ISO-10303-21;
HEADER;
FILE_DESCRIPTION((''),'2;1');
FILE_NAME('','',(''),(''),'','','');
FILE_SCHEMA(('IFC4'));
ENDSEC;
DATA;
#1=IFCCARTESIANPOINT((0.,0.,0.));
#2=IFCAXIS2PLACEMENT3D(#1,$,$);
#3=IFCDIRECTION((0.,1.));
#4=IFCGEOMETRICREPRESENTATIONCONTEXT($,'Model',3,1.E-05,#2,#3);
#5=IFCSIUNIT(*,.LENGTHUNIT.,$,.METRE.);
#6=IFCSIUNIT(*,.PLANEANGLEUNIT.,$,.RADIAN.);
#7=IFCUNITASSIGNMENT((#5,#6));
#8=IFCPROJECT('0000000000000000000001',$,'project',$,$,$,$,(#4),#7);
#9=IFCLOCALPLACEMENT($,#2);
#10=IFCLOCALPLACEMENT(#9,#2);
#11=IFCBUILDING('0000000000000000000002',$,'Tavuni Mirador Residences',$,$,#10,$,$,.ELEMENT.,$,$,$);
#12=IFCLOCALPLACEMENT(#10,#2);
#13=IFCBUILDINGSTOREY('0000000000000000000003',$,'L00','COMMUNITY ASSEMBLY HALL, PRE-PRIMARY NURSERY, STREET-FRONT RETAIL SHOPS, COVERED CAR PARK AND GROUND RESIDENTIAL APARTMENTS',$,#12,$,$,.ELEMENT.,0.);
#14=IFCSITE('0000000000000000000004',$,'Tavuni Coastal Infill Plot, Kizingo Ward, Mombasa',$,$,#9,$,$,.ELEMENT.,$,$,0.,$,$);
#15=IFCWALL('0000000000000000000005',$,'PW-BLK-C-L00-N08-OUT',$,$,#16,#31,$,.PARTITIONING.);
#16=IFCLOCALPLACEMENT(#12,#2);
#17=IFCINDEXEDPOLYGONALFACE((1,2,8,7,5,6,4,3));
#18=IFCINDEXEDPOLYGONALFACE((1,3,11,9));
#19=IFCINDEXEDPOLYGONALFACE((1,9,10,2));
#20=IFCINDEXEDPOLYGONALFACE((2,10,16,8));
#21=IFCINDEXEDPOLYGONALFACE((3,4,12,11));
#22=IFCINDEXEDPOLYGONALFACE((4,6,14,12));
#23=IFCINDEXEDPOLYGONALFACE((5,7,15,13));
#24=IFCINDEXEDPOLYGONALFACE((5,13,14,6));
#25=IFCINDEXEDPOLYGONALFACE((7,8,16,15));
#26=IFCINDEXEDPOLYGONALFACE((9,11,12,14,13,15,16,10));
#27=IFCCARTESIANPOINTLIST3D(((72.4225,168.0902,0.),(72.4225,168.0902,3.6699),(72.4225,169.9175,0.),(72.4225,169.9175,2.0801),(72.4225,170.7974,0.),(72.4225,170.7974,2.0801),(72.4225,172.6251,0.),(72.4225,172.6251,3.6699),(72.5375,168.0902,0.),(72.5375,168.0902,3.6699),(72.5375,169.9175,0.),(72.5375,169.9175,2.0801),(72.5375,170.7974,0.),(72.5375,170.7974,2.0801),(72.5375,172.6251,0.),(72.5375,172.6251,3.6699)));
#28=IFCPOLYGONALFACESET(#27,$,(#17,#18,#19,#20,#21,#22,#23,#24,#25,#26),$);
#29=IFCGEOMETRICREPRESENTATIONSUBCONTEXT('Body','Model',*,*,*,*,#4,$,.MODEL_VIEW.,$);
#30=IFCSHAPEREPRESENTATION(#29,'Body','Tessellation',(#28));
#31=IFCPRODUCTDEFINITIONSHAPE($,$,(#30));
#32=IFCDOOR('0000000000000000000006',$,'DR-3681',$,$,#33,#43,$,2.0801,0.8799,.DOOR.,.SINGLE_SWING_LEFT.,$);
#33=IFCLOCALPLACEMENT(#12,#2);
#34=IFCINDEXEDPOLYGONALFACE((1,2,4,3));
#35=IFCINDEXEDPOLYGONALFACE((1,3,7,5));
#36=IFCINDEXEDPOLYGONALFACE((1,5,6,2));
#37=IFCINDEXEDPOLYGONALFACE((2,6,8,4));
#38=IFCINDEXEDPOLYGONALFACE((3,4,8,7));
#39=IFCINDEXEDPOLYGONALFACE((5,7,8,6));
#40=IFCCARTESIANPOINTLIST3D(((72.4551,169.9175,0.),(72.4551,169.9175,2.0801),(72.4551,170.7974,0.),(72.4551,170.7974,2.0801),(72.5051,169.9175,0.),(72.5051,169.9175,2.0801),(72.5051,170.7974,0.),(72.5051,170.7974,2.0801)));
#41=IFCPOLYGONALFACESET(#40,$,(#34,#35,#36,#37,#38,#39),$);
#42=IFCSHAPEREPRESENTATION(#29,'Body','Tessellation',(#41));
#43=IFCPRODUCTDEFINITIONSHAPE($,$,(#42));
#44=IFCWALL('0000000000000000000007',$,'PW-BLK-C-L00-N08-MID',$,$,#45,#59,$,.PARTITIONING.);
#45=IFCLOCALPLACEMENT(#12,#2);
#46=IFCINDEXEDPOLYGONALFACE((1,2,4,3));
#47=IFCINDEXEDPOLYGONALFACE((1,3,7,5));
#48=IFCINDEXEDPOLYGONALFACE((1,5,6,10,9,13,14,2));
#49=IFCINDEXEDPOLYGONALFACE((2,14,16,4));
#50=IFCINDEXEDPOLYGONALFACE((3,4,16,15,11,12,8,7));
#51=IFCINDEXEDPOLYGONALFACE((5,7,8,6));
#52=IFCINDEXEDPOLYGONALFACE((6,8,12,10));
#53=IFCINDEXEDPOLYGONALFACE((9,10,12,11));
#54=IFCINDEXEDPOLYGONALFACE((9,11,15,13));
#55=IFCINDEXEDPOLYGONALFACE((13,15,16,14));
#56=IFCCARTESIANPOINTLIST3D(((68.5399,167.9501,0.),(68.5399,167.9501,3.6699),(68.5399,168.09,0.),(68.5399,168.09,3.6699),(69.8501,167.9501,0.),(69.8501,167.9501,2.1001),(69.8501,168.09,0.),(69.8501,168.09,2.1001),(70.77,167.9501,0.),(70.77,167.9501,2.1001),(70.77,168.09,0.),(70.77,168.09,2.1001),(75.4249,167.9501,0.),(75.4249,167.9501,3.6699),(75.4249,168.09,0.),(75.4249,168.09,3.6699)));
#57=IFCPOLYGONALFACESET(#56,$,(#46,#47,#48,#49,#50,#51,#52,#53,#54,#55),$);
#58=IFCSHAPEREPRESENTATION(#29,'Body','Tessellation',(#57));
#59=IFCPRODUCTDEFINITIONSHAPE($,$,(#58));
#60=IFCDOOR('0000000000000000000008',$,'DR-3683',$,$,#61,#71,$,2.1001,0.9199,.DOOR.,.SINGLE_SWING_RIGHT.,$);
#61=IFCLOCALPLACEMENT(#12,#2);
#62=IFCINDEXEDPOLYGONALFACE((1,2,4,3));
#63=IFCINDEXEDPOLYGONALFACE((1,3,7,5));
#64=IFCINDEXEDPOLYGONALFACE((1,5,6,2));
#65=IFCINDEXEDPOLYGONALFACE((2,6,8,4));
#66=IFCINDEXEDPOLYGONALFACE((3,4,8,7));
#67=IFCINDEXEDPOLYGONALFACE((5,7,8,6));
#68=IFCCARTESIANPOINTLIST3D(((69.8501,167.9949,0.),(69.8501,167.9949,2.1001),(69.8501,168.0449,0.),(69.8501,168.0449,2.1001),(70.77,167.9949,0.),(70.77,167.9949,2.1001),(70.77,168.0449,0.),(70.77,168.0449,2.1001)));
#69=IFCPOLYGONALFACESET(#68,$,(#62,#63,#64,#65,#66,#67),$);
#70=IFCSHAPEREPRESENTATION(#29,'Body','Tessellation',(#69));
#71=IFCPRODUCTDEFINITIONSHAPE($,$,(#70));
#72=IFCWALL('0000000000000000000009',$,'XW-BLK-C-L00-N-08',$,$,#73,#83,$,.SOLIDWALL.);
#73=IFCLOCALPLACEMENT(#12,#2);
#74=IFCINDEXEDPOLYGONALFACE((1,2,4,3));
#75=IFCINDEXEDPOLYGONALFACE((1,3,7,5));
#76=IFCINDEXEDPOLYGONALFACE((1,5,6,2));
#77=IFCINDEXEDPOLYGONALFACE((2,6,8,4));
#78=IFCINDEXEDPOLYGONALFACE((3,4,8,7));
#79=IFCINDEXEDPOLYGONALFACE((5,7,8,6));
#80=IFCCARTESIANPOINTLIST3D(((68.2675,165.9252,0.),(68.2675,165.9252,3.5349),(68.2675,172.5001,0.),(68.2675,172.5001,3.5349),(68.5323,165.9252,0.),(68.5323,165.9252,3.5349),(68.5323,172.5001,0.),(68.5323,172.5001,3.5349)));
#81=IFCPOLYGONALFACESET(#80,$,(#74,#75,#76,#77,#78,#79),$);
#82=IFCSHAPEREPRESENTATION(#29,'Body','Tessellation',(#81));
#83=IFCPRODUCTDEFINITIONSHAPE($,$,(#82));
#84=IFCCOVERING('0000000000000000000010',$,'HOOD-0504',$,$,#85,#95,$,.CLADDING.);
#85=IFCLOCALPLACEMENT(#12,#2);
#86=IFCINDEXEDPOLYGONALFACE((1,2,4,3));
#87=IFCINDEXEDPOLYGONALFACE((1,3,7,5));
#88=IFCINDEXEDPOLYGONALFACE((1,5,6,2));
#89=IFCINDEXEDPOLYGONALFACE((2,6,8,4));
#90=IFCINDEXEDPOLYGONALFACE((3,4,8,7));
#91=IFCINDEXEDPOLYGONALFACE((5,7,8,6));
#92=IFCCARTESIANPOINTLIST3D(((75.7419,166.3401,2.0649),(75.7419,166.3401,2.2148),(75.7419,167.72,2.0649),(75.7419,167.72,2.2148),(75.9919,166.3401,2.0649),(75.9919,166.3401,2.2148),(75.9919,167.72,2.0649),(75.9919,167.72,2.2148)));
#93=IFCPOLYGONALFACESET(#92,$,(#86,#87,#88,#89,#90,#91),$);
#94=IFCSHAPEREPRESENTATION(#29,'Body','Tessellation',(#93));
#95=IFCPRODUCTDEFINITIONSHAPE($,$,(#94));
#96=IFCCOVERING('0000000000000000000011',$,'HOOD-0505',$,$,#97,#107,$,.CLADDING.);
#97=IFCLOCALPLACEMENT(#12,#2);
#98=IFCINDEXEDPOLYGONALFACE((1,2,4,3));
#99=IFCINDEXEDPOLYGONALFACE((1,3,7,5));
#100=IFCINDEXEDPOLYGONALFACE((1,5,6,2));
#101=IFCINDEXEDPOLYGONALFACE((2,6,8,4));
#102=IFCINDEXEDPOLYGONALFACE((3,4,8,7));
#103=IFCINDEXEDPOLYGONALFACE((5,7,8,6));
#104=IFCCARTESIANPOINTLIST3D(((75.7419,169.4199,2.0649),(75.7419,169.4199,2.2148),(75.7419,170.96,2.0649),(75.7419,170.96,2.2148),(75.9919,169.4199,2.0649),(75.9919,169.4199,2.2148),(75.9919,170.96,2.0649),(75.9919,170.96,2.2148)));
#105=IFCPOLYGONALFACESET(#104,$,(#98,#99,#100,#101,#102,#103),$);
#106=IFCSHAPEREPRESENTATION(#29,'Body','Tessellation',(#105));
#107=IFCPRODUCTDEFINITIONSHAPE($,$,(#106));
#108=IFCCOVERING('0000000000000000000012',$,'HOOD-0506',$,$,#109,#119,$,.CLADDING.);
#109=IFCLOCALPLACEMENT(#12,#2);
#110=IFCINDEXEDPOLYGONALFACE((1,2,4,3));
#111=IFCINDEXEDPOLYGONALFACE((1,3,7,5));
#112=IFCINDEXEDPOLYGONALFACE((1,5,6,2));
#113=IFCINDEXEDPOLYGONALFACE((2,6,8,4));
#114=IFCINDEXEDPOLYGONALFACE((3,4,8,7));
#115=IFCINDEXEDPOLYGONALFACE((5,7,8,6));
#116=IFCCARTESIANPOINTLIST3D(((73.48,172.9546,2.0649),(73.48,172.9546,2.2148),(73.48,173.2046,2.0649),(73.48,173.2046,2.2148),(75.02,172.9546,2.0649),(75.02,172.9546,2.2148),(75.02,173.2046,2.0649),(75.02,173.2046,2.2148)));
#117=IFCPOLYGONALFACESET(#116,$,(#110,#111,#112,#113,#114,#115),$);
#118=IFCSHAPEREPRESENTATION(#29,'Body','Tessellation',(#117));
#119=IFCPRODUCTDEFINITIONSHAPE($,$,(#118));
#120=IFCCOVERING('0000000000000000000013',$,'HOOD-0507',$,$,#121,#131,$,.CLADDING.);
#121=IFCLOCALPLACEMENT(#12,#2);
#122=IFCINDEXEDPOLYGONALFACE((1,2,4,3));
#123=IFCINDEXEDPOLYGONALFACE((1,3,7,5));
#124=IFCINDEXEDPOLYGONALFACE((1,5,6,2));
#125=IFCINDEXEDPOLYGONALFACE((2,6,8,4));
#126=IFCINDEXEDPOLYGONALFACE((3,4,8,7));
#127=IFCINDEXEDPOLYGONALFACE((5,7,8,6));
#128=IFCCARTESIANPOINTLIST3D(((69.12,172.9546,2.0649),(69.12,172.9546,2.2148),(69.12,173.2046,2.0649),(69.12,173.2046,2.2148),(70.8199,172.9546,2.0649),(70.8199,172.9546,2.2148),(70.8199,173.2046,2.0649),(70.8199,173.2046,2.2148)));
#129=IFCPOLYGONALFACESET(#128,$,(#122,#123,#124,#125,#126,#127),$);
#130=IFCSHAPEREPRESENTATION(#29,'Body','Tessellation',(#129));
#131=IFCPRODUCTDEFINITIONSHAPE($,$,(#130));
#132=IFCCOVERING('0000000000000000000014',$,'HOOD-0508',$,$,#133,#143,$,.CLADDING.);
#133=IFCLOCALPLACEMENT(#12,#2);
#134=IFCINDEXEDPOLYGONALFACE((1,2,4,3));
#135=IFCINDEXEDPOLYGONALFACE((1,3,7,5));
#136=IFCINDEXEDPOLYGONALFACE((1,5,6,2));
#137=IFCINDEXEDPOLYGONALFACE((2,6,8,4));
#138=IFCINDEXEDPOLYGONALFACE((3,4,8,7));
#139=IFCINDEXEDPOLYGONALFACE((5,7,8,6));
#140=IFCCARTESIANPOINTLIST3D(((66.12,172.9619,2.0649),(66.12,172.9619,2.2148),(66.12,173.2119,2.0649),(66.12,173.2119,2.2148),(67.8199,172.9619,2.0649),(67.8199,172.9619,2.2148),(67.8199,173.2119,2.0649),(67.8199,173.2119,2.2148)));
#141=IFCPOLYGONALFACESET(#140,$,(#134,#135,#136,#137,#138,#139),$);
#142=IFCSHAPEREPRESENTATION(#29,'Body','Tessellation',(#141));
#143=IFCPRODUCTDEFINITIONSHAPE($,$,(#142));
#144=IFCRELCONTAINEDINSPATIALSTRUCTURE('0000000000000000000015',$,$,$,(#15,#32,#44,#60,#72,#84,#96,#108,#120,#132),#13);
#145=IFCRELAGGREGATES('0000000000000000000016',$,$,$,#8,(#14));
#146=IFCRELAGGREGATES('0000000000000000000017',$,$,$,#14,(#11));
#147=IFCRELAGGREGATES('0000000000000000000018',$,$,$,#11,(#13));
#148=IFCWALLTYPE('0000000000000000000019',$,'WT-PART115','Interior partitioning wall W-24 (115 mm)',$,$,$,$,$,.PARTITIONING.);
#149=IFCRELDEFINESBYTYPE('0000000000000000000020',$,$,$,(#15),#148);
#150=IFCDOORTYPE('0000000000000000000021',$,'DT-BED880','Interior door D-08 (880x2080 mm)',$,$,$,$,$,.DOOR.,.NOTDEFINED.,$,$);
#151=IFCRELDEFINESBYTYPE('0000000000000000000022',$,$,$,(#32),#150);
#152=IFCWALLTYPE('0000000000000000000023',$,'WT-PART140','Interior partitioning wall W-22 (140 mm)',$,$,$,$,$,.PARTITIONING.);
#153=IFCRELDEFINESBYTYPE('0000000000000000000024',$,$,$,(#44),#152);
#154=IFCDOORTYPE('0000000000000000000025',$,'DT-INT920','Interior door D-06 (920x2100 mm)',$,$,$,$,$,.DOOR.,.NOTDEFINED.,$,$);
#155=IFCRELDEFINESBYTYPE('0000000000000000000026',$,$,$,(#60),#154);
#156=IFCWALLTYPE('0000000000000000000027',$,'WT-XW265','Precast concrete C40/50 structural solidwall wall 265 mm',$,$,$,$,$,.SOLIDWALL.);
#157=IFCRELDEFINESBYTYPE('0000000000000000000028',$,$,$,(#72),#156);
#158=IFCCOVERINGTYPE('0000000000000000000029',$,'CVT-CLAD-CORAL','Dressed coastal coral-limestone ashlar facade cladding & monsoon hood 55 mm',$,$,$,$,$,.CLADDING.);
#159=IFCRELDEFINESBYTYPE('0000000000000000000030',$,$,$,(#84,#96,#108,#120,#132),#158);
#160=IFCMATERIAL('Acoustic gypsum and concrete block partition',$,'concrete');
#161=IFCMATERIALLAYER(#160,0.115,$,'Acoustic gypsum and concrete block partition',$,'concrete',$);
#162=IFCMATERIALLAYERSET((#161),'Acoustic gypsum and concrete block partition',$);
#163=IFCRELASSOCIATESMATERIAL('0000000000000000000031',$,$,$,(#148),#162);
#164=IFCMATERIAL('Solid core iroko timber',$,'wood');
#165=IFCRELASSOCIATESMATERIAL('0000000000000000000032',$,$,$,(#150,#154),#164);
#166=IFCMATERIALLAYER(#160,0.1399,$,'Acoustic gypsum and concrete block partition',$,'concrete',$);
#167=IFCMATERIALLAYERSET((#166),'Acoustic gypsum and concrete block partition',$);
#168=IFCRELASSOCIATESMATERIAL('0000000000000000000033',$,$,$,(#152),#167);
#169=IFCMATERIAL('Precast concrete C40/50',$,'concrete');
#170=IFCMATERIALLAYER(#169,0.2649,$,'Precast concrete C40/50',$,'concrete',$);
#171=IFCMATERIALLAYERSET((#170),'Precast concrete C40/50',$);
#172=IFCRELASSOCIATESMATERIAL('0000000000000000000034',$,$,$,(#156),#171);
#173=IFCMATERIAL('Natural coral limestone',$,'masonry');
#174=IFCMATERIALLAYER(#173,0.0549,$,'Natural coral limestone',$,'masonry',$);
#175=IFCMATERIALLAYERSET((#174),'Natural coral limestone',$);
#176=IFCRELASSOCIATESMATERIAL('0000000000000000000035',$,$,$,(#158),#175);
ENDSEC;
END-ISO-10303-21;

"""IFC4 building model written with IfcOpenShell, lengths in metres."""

from ifc_helpers import new_model, si_unit, direction, frame, frame_2d, origin, origin_2d, place, context, subcontext, project, spatial, rectangle, extrude, material, layer, layer_set, type_object, element, fill, save


model = new_model("IFC4")

# Units and contexts
model_context = context("Model", 3, precision=1e-05, world=origin(), true_north=direction((0.0, 1.0)))
body_context = subcontext(model_context, "Body", "Model", "MODEL_VIEW")
ifc_project = project(units=[si_unit("LENGTHUNIT", "METRE"), si_unit("PLANEANGLEUNIT", "RADIAN")], contexts=[model_context])

# Site, building, storey
site_placement = place(None, origin())
site = spatial("IfcSite", under=ifc_project, at=site_placement, Name="Tavuni Coastal Infill Plot, Kizingo Ward, Mombasa", CompositionType="ELEMENT", RefElevation=0.0)
building_placement = place(site_placement, origin())
building = spatial("IfcBuilding", under=site, at=building_placement, Name="Tavuni Mirador Residences", CompositionType="ELEMENT")
storey_placement = place(building_placement, origin())
storey = spatial("IfcBuildingStorey", under=building, at=storey_placement, Name="L00", Description="COMMUNITY ASSEMBLY HALL, PRE-PRIMARY NURSERY, STREET-FRONT RETAIL SHOPS, COVERED CAR PARK AND GROUND RESIDENTIAL APARTMENTS", CompositionType="ELEMENT", Elevation=0.0)

# Shared definitions
ifc_material_1 = material(Name="Precast concrete C40/50", Category="concrete")

# Shared definitions
ifc_material_2 = material(Name="Solid core iroko timber", Category="wood")

# Walls, openings, doors
ifc_material_3 = material(Name="Acoustic gypsum and concrete block partition", Category="concrete")
ifc_layer_1 = layer(ifc_material_3, 0.115, Name="Acoustic gypsum and concrete block partition", Category="concrete")
ifc_layer_set_1 = layer_set([ifc_layer_1], Name="Acoustic gypsum and concrete block partition")
wall_type_1 = type_object("IfcWallType", Name="WT-PART115", Description="Interior partitioning wall W-24 (115 mm)", PredefinedType="PARTITIONING", material=ifc_layer_set_1)
wall_1_placement = place(storey_placement, frame((72.48, 168.0901, 0.0), z_axis=(0.0, 0.0, 1.0), x_axis=(0.0, 1.0, 0.0)))
wall_1 = element("IfcWall", 1, at=wall_1_placement, inside=storey, type_object=wall_type_1, Name="PW-BLK-C-L00-N08-OUT", PredefinedType="PARTITIONING", context=body_context, shape_type="SweptSolid", body=[
    extrude(rectangle(XDim=4.5349, YDim=0.115, at=frame_2d((2.2676, 0.0))), origin(), (0.0, 0.0, 1.0), 3.6699),
])
opening_1_placement = place(wall_1_placement, frame((1.8274, 0.0, 0.0)))
opening_1 = element("IfcOpeningElement", 2, at=opening_1_placement, cuts=wall_1, PredefinedType="OPENING", context=body_context, shape_type="SweptSolid", body=[
    extrude(rectangle(XDim=0.8799, YDim=2.0801, at=frame_2d((0.4399, 1.04))), frame((0.0, 0.0674, 0.0), z_axis=(0.0, -1.0, 0.0), x_axis=(1.0, 0.0, 0.0)), (0.0, 0.0, 1.0), 0.135),
])
door_type_1 = type_object("IfcDoorType", Name="DT-BED880", Description="Interior door D-08 (880x2080 mm)", OperationType="NOTDEFINED", PredefinedType="DOOR", material=ifc_material_2)
door_1_placement = place(opening_1_placement, origin())
door_1 = element("IfcDoor", 3, at=door_1_placement, inside=storey, type_object=door_type_1, Name="DR-3681", OperationType="SINGLE_SWING_LEFT", OverallHeight=2.0801, OverallWidth=0.8799, PredefinedType="DOOR", context=body_context, shape_type="SweptSolid", body=[
    extrude(rectangle(XDim=0.8799, YDim=2.0801, at=frame_2d((0.4399, 1.04))), frame((0.0, 0.0249, 0.0), z_axis=(0.0, -1.0, 0.0), x_axis=(1.0, 0.0, 0.0)), (0.0, 0.0, 1.0), 0.05),
])
fill(opening_1, door_1)
ifc_layer_2 = layer(ifc_material_3, 0.1399, Name="Acoustic gypsum and concrete block partition", Category="concrete")
ifc_layer_set_2 = layer_set([ifc_layer_2], Name="Acoustic gypsum and concrete block partition")
wall_type_2 = type_object("IfcWallType", Name="WT-PART140", Description="Interior partitioning wall W-22 (140 mm)", PredefinedType="PARTITIONING", material=ifc_layer_set_2)
wall_2_placement = place(storey_placement, frame((68.54, 168.02, 0.0), z_axis=(0.0, 0.0, 1.0), x_axis=(1.0, 0.0, 0.0)))
wall_2 = element("IfcWall", 4, at=wall_2_placement, inside=storey, type_object=wall_type_2, Name="PW-BLK-C-L00-N08-MID", PredefinedType="PARTITIONING", context=body_context, shape_type="SweptSolid", body=[
    extrude(rectangle(XDim=6.885, YDim=0.1399, at=frame_2d((3.4424, 0.0))), origin(), (0.0, 0.0, 1.0), 3.6699),
])
opening_2_placement = place(wall_2_placement, frame((1.3101, 0.0, 0.0)))
opening_2 = element("IfcOpeningElement", 5, at=opening_2_placement, cuts=wall_2, PredefinedType="OPENING", context=body_context, shape_type="SweptSolid", body=[
    extrude(rectangle(XDim=0.9199, YDim=2.1001, at=frame_2d((0.46, 1.05))), frame((0.0, 0.0801, 0.0), z_axis=(0.0, -1.0, 0.0), x_axis=(1.0, 0.0, 0.0)), (0.0, 0.0, 1.0), 0.1599),
])
door_type_2 = type_object("IfcDoorType", Name="DT-INT920", Description="Interior door D-06 (920x2100 mm)", OperationType="NOTDEFINED", PredefinedType="DOOR", material=ifc_material_2)
door_2_placement = place(opening_2_placement, origin())
door_2 = element("IfcDoor", 6, at=door_2_placement, inside=storey, type_object=door_type_2, Name="DR-3683", OperationType="SINGLE_SWING_RIGHT", OverallHeight=2.1001, OverallWidth=0.9199, PredefinedType="DOOR", context=body_context, shape_type="SweptSolid", body=[
    extrude(rectangle(XDim=0.9199, YDim=2.1001, at=frame_2d((0.46, 1.05))), frame((0.0, 0.0249, 0.0), z_axis=(0.0, -1.0, 0.0), x_axis=(1.0, 0.0, 0.0)), (0.0, 0.0, 1.0), 0.05),
])
fill(opening_2, door_2)

# Wall
ifc_layer_3 = layer(ifc_material_1, 0.2649, Name="Precast concrete C40/50", Category="concrete")
ifc_layer_set_3 = layer_set([ifc_layer_3], Name="Precast concrete C40/50")
wall_type_3 = type_object("IfcWallType", Name="WT-XW265", Description="Precast concrete C40/50 structural solidwall wall 265 mm", PredefinedType="SOLIDWALL", material=ifc_layer_set_3)
wall_3_placement = place(storey_placement, frame((68.3999, 165.925, 0.0), z_axis=(0.0, 0.0, 1.0), x_axis=(0.0, 1.0, 0.0)))
element("IfcWall", 7, at=wall_3_placement, inside=storey, type_object=wall_type_3, Name="XW-BLK-C-L00-N-08", PredefinedType="SOLIDWALL", context=body_context, shape_type="SweptSolid", body=[
    extrude(rectangle(XDim=6.575, YDim=0.2649, at=frame_2d((3.2876, 0.0))), origin(), (0.0, 0.0, 1.0), 3.5349),
])

# Coverings
ifc_material_4 = material(Name="Natural coral limestone", Category="masonry")
ifc_layer_4 = layer(ifc_material_4, 0.0549, Name="Natural coral limestone", Category="masonry")
ifc_layer_set_4 = layer_set([ifc_layer_4], Name="Natural coral limestone")
covering_type = type_object("IfcCoveringType", Name="CVT-CLAD-CORAL", Description="Dressed coastal coral-limestone ashlar facade cladding & monsoon hood 55 mm", PredefinedType="CLADDING", material=ifc_layer_set_4)
covering_placement = place(storey_placement, frame((75.8669, 167.03, 2.0649), z_axis=(0.0, 0.0, 1.0), x_axis=(0.0, 1.0, 0.0)))
element("IfcCovering", 8, at=covering_placement, inside=storey, type_object=covering_type, Name="HOOD-0504", PredefinedType="CLADDING", context=body_context, shape_type="SweptSolid", body=[
    extrude(rectangle(XDim=1.3799, YDim=0.25, at=origin_2d()), origin(), (0.0, 0.0, 1.0), 0.1499),
])
for number, where, z_axis, x_axis, name in (
    (9, (75.8669, 170.1899, 2.0649), (0.0, 0.0, 1.0), (0.0, 1.0, 0.0), "HOOD-0505"),
    (10, (74.25, 173.0796, 2.0649), (0.0, 0.0, 1.0), (-1.0, 0.0, 0.0), "HOOD-0506"),
):
    element("IfcCovering", number, at=place(storey_placement, frame(where, z_axis=z_axis, x_axis=x_axis)), inside=storey, type_object=covering_type, Name=name, PredefinedType="CLADDING", context=body_context, shape_type="SweptSolid", body=[
        extrude(rectangle(XDim=1.54, YDim=0.25, at=origin_2d()), origin(), (0.0, 0.0, 1.0), 0.1499),
    ])
for number, where, z_axis, x_axis, name in (
    (11, (69.97, 173.0796, 2.0649), (0.0, 0.0, 1.0), (-1.0, 0.0, 0.0), "HOOD-0507"),
    (12, (66.97, 173.0869, 2.0649), (0.0, 0.0, 1.0), (-1.0, 0.0, 0.0), "HOOD-0508"),
):
    element("IfcCovering", number, at=place(storey_placement, frame(where, z_axis=z_axis, x_axis=x_axis)), inside=storey, type_object=covering_type, Name=name, PredefinedType="CLADDING", context=body_context, shape_type="SweptSolid", body=[
        extrude(rectangle(XDim=1.7, YDim=0.25, at=origin_2d()), origin(), (0.0, 0.0, 1.0), 0.1499),
    ])

save(model, "model.ifc")
